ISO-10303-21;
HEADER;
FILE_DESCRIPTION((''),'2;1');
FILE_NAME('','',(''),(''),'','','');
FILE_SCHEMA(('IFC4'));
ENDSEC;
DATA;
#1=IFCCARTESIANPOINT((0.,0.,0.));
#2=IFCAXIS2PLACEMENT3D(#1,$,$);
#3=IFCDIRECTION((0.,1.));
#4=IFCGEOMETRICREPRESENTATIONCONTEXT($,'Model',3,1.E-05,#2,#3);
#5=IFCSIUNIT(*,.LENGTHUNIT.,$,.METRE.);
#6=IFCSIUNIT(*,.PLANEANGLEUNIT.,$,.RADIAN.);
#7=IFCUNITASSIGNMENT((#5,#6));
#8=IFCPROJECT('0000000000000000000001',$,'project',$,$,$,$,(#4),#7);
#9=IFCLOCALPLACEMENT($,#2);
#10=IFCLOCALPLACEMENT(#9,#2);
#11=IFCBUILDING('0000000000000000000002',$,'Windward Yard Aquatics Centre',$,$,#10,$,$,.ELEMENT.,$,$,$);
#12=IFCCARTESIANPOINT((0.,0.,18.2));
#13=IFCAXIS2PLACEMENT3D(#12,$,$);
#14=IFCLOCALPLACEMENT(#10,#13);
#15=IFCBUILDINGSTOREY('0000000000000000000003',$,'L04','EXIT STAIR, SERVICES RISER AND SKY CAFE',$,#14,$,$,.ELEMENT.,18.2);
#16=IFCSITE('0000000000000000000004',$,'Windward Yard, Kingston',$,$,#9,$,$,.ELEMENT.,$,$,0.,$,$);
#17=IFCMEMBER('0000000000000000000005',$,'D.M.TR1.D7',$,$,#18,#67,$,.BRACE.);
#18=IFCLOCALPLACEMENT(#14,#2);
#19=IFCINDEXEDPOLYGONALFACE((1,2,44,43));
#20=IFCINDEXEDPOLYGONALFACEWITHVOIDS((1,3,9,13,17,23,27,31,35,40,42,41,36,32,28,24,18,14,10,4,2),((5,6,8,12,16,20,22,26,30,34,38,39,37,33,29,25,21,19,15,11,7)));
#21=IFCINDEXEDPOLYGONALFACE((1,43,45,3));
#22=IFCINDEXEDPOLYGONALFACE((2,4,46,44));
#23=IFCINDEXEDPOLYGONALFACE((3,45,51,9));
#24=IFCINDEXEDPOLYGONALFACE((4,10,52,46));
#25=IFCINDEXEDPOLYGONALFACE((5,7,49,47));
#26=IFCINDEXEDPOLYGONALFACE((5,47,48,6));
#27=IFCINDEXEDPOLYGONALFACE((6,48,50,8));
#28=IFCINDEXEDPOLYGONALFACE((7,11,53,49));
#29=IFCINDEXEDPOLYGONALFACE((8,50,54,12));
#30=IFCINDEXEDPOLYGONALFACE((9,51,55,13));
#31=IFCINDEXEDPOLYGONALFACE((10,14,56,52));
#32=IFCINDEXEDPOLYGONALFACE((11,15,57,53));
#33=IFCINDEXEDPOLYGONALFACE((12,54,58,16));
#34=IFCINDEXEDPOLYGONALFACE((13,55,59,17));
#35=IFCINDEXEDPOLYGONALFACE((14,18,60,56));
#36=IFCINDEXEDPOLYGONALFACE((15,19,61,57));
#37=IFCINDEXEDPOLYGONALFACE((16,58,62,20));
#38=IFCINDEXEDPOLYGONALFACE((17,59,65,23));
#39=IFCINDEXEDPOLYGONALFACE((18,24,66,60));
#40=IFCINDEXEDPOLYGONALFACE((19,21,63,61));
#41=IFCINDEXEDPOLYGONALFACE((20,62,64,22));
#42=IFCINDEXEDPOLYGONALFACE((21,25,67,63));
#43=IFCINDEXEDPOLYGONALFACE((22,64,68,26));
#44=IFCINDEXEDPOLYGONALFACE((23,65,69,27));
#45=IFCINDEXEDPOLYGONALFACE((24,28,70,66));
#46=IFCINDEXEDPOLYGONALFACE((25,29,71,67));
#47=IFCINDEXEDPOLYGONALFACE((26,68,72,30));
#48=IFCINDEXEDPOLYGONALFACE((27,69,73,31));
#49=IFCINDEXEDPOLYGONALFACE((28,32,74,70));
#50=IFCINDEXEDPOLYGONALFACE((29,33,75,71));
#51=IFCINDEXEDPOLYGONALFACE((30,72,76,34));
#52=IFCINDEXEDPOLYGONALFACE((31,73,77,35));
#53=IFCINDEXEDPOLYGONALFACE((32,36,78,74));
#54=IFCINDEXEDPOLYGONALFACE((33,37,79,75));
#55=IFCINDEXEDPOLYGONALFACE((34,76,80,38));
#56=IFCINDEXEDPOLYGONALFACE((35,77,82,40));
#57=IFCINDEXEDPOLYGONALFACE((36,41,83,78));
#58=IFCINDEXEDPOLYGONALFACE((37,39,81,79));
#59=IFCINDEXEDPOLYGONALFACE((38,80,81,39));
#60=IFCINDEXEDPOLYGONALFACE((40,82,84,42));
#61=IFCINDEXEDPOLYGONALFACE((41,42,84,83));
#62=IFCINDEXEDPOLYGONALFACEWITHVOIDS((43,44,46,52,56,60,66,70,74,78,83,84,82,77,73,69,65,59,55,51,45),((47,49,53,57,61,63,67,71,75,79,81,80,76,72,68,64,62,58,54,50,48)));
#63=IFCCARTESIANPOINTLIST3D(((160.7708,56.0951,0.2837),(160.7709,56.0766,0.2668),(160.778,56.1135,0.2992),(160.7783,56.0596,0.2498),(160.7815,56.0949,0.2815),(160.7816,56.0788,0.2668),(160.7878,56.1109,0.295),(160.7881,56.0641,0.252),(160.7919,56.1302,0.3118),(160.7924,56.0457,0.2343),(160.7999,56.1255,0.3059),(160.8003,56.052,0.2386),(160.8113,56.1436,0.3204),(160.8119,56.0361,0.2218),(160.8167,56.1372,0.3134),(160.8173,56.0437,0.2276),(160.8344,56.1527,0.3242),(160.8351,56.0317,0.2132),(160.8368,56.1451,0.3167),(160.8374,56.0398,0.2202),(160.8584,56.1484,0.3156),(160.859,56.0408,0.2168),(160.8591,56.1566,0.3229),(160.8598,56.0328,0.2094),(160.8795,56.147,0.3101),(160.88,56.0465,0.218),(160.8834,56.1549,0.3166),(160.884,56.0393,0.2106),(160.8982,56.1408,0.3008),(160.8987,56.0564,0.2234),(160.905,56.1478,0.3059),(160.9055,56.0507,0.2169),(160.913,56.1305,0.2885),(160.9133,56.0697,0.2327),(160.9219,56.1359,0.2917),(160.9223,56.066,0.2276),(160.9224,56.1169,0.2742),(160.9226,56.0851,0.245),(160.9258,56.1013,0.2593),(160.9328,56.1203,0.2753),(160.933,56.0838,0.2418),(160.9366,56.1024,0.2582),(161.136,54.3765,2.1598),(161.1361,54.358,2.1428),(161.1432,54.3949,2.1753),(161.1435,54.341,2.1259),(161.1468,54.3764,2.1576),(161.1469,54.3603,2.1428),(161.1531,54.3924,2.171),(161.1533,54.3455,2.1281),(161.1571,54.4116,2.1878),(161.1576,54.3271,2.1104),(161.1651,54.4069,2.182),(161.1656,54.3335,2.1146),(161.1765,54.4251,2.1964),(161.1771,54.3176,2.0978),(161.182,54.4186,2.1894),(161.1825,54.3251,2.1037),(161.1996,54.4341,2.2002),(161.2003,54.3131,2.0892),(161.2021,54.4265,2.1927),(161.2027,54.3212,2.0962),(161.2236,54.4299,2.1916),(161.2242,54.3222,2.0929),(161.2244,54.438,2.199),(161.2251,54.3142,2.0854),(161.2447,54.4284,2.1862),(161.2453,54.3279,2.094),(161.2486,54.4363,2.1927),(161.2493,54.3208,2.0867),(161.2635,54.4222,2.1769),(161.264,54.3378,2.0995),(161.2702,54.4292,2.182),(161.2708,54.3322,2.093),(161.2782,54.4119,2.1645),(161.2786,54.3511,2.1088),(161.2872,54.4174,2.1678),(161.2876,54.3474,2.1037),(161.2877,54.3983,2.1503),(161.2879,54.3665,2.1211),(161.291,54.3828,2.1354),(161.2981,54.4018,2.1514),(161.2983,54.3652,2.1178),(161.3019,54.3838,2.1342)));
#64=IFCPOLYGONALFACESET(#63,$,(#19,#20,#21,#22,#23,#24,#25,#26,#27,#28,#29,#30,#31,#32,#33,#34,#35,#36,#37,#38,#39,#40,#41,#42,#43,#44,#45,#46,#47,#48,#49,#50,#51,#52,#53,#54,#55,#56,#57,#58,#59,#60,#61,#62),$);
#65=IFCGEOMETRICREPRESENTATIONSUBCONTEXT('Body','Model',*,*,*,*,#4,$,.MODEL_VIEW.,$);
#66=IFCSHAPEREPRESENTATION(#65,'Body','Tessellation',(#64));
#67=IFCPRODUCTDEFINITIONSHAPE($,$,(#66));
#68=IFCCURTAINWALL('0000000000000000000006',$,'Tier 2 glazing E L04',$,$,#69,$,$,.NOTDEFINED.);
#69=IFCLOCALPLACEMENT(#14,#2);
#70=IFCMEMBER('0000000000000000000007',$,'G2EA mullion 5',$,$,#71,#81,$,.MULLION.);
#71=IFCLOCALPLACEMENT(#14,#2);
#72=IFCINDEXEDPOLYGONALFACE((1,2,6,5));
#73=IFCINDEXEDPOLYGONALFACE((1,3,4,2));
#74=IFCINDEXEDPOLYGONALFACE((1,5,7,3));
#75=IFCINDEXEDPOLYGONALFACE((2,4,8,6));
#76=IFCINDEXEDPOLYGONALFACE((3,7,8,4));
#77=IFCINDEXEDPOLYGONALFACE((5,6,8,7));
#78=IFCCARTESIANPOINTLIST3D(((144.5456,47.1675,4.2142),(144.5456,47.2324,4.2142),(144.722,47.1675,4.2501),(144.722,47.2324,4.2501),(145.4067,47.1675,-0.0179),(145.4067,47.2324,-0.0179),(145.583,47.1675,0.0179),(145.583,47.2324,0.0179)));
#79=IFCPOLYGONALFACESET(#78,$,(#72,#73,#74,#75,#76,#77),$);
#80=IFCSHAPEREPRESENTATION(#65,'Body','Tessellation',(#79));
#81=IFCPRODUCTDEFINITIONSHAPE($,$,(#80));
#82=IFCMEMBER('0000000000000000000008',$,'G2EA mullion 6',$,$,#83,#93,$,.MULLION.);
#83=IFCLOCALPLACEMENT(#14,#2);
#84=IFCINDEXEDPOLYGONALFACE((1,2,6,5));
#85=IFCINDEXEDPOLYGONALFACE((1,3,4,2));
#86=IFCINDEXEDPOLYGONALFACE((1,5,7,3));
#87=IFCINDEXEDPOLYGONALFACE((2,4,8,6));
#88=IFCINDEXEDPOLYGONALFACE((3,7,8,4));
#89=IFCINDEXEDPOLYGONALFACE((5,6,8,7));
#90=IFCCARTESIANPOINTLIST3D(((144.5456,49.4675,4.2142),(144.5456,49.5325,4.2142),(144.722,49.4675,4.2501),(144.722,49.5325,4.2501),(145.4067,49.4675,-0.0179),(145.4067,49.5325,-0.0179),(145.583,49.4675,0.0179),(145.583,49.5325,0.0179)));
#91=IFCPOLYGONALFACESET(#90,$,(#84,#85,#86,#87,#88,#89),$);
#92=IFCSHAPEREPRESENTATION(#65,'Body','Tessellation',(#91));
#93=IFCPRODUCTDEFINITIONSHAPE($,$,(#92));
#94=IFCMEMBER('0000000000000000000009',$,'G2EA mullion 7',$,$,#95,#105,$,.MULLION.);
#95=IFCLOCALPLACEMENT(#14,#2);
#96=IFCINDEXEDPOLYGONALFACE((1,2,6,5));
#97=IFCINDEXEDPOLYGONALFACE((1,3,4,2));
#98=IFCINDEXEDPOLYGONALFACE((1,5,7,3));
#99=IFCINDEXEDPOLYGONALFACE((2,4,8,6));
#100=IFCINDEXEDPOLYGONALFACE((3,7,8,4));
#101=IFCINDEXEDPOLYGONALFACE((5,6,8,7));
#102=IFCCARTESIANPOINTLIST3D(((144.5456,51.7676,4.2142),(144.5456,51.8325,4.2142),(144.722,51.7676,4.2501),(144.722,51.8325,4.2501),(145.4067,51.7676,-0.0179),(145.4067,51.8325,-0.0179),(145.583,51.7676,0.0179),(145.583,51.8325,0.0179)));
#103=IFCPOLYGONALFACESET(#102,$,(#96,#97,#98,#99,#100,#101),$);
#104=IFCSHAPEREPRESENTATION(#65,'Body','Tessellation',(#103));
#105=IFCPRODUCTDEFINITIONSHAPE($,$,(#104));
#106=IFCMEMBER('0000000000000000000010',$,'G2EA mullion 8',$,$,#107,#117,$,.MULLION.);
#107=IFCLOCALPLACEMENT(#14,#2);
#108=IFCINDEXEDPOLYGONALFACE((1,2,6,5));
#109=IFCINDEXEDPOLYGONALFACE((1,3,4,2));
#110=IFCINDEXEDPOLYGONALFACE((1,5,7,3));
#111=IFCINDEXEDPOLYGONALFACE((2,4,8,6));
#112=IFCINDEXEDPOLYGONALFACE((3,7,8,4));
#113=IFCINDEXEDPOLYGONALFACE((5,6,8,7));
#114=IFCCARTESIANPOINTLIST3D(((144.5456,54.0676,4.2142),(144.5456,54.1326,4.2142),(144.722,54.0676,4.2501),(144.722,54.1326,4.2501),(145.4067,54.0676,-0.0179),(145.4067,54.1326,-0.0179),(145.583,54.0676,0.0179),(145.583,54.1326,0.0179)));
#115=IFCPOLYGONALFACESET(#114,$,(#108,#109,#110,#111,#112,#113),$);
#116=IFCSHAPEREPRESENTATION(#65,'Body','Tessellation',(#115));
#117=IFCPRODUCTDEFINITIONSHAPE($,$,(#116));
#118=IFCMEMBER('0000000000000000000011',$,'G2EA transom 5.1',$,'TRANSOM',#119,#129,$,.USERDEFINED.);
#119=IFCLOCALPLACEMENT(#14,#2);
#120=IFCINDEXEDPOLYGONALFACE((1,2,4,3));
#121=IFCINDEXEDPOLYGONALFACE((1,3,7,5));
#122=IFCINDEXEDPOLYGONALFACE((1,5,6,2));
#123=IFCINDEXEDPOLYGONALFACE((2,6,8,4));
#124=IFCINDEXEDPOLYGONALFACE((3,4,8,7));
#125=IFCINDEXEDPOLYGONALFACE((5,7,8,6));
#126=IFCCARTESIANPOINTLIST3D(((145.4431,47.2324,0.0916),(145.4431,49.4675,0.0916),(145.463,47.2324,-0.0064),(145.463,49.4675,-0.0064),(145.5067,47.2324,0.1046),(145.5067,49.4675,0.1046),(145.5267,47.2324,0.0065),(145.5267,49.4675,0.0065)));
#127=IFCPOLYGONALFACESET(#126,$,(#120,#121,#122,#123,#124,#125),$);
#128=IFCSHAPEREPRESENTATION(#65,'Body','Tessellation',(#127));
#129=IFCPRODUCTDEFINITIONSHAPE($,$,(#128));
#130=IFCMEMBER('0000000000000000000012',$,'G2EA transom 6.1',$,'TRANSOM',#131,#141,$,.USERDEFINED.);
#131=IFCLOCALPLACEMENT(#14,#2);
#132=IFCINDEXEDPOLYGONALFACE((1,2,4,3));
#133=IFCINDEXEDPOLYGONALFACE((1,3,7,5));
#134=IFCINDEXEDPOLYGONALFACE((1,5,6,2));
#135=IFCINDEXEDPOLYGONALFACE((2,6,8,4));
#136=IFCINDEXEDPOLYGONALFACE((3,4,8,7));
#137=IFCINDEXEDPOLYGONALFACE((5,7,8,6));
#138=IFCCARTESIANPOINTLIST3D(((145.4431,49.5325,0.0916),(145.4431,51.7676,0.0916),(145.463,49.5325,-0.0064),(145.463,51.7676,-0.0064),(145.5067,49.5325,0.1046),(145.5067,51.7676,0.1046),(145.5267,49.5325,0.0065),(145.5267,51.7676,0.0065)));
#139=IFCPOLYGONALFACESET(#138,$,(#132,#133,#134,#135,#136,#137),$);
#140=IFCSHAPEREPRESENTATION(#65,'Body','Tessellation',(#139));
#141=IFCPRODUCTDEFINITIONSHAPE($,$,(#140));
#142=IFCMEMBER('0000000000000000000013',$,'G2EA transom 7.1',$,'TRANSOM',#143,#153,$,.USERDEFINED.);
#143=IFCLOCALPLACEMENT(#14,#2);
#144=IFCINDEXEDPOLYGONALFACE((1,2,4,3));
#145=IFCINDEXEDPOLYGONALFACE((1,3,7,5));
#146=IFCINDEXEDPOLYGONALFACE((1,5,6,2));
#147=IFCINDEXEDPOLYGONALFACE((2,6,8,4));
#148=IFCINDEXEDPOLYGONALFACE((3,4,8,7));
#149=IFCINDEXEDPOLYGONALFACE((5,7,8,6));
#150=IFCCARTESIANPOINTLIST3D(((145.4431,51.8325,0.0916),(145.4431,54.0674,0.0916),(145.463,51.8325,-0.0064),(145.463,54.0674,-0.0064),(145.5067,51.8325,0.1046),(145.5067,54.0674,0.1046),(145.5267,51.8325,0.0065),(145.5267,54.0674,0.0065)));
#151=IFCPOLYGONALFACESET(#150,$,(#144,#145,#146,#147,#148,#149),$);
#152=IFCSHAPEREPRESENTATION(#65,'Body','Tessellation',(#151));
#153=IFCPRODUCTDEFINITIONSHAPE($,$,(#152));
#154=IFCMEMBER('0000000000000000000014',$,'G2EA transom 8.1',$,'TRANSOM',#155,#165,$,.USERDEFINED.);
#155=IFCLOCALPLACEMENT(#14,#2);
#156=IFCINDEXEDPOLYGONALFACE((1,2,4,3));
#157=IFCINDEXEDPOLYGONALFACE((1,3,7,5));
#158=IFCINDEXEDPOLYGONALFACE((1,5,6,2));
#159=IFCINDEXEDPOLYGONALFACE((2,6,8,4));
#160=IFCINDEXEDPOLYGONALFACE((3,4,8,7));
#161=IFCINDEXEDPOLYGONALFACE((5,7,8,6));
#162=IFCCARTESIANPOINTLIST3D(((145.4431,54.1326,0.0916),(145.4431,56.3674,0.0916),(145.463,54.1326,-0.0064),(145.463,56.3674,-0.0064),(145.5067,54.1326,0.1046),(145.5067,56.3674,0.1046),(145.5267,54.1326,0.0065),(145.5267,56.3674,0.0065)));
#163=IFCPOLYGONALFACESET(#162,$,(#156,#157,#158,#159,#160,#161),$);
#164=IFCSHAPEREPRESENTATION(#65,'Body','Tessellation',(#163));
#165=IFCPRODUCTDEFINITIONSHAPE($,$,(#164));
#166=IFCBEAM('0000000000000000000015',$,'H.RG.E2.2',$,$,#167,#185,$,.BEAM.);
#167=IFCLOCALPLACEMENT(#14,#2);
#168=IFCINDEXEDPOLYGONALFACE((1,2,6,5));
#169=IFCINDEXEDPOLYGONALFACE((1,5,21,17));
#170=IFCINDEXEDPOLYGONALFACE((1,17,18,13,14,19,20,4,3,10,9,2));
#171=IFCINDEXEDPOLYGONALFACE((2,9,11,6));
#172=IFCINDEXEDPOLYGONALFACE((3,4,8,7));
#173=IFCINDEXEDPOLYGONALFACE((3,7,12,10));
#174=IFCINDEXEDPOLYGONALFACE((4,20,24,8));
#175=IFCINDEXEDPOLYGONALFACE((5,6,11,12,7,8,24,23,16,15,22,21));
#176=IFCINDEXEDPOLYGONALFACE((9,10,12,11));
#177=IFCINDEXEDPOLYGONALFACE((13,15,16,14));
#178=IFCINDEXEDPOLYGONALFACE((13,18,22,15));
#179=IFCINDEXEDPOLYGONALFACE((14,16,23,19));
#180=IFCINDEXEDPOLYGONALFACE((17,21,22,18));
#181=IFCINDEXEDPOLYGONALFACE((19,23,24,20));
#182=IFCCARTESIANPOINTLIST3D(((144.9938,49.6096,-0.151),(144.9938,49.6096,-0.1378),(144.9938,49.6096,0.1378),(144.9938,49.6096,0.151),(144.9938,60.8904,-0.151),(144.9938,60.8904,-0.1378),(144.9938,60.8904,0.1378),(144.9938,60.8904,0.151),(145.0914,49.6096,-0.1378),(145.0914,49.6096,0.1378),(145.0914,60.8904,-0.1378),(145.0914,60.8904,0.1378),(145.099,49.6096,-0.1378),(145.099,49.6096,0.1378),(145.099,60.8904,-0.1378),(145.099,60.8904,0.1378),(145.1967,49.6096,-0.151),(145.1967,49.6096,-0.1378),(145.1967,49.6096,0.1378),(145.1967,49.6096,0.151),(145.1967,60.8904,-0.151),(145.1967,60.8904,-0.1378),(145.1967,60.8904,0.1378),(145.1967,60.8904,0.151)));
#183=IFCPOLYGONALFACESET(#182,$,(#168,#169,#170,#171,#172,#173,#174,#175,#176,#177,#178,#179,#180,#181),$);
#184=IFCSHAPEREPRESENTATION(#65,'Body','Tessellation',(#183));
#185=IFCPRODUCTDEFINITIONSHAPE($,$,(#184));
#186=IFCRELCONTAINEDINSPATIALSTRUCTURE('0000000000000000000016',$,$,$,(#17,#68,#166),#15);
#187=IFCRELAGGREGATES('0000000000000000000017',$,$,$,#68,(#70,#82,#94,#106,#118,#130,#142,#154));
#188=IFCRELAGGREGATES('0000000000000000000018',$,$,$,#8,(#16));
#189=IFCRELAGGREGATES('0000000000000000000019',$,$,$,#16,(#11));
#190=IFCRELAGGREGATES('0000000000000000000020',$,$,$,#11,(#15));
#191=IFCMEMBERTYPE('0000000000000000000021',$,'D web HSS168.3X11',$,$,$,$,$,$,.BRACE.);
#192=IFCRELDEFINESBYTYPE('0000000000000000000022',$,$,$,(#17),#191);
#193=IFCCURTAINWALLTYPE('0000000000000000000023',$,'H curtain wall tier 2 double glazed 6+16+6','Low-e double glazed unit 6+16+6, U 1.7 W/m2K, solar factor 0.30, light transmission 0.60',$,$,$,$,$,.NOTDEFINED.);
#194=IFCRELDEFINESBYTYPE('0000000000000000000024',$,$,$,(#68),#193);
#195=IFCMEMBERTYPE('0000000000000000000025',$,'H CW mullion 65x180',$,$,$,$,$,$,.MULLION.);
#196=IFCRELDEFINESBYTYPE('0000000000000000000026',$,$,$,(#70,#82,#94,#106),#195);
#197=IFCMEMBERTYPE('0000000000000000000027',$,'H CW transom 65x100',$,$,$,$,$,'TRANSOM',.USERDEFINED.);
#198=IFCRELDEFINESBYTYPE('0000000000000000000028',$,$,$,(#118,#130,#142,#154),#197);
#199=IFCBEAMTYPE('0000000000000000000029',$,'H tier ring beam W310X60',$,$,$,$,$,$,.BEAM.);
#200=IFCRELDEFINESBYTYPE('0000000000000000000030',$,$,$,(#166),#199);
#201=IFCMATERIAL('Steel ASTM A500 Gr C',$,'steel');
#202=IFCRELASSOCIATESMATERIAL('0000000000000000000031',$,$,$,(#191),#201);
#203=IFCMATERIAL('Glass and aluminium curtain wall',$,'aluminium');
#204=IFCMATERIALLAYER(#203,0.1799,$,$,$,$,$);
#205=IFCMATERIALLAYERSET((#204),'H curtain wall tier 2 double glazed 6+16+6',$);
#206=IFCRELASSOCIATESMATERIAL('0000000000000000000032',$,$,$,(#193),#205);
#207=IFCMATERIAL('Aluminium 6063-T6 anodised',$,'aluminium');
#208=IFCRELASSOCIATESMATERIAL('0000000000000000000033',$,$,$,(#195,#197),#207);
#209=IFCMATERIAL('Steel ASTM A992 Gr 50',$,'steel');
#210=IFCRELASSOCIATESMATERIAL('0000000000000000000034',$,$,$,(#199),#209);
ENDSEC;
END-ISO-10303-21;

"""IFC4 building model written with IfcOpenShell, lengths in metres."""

from ifc_helpers import new_model, si_unit, direction, frame, origin, origin_2d, place, context, subcontext, project, spatial, rectangle, hollow_circle, i_section, extrude, material, layer, layer_set, material_profile, profile_set, type_object, element, aggregate, save


model = new_model("IFC4")

# Units and contexts
model_context = context("Model", 3, precision=1e-05, world=origin(), true_north=direction((0.0, 1.0)))
body_context = subcontext(model_context, "Body", "Model", "MODEL_VIEW")
ifc_project = project(units=[si_unit("LENGTHUNIT", "METRE"), si_unit("PLANEANGLEUNIT", "RADIAN")], contexts=[model_context])

# Site, building, storey
site_placement = place(None, origin())
site = spatial("IfcSite", under=ifc_project, at=site_placement, Name="Windward Yard, Kingston", CompositionType="ELEMENT", RefElevation=0.0)
building_placement = place(site_placement, origin())
building = spatial("IfcBuilding", under=site, at=building_placement, Name="Windward Yard Aquatics Centre", CompositionType="ELEMENT")
storey_placement = place(building_placement, frame((0.0, 0.0, 18.2)))
storey = spatial("IfcBuildingStorey", under=building, at=storey_placement, Name="L04", Description="EXIT STAIR, SERVICES RISER AND SKY CAFE", CompositionType="ELEMENT", Elevation=18.2)

# Shared definitions
ifc_material_1 = material(Name="Steel ASTM A500 Gr C", Category="steel")

# Member
ifc_material_profile_1 = material_profile(ifc_material_1, hollow_circle(Radius=0.0842, WallThickness=0.011, at=origin_2d()), Name="HSS168.3X11")
ifc_profile_set_1 = profile_set([ifc_material_profile_1], Name="Steel ASTM A500 Gr C")
member_type_1 = type_object("IfcMemberType", Name="D web HSS168.3X11", PredefinedType="BRACE", material=ifc_profile_set_1)
member_1_placement = place(storey_placement, frame((161.2185, 54.3755, 2.1428), z_axis=(-0.142103, 0.668626, -0.729894), x_axis=(-0.978153, -0.207887, 0.0)))
element("IfcMember", 1, at=member_1_placement, inside=storey, type_object=member_type_1, Name="D.M.TR1.D7", PredefinedType="BRACE", context=body_context, shape_type="SweptSolid", body=[
    extrude(hollow_circle(Radius=0.0842, WallThickness=0.011, at=origin_2d()), origin(), (0.0, 0.0, 1.0), 2.5703),
])

# Curtain wall, members
ifc_material_2 = material(Name="Glass and aluminium curtain wall", Category="aluminium")
ifc_layer_1 = layer(ifc_material_2, 0.1799)
ifc_layer_set_1 = layer_set([ifc_layer_1], Name="H curtain wall tier 2 double glazed 6+16+6")
curtain_wall_type = type_object("IfcCurtainWallType", Name="H curtain wall tier 2 double glazed 6+16+6", Description="Low-e double glazed unit 6+16+6, U 1.7 W/m2K, solar factor 0.30, light transmission 0.60", PredefinedType="NOTDEFINED", material=ifc_layer_set_1)
curtain_wall_placement = place(storey_placement, origin())
curtain_wall = element("IfcCurtainWall", 2, at=curtain_wall_placement, inside=storey, type_object=curtain_wall_type, Name="Tier 2 glazing E L04", PredefinedType="NOTDEFINED")
ifc_material_3 = material(Name="Aluminium 6063-T6 anodised", Category="aluminium")
ifc_material_profile_2 = material_profile(ifc_material_3, rectangle(XDim=0.0649, YDim=0.1799, at=origin_2d()), Name="H CW mullion 65x180")
ifc_profile_set_2 = profile_set([ifc_material_profile_2], Name="Aluminium 6063-T6 anodised")
member_type_2 = type_object("IfcMemberType", Name="H CW mullion 65x180", PredefinedType="MULLION", material=ifc_profile_set_2)
member_2_placement = place(storey_placement, frame((145.4949, 47.2, 0.0), z_axis=(-0.199376, 0.0, 0.979923), x_axis=(0.0, -1.0, 0.0)))
member_2 = element("IfcMember", 3, at=member_2_placement, type_object=member_type_2, Name="G2EA mullion 5", PredefinedType="MULLION", context=body_context, shape_type="SweptSolid", body=[
    extrude(rectangle(XDim=0.0649, YDim=0.1799, at=origin_2d()), origin(), (0.0, 0.0, 1.0), 4.3188),
])
member_3_placement = place(storey_placement, frame((145.4949, 49.5, 0.0), z_axis=(-0.199376, 0.0, 0.979923), x_axis=(0.0, -1.0, 0.0)))
member_3 = element("IfcMember", 4, at=member_3_placement, type_object=member_type_2, Name="G2EA mullion 6", PredefinedType="MULLION", context=body_context, shape_type="SweptSolid", body=[
    extrude(rectangle(XDim=0.0649, YDim=0.1799, at=origin_2d()), origin(), (0.0, 0.0, 1.0), 4.3188),
])
member_4_placement = place(storey_placement, frame((145.4949, 51.8, 0.0), z_axis=(-0.199376, 0.0, 0.979923), x_axis=(0.0, -1.0, 0.0)))
member_4 = element("IfcMember", 5, at=member_4_placement, type_object=member_type_2, Name="G2EA mullion 7", PredefinedType="MULLION", context=body_context, shape_type="SweptSolid", body=[
    extrude(rectangle(XDim=0.0649, YDim=0.1799, at=origin_2d()), origin(), (0.0, 0.0, 1.0), 4.3188),
])
member_5_placement = place(storey_placement, frame((145.4949, 54.1001, 0.0), z_axis=(-0.199376, 0.0, 0.979923), x_axis=(0.0, -1.0, 0.0)))
member_5 = element("IfcMember", 6, at=member_5_placement, type_object=member_type_2, Name="G2EA mullion 8", PredefinedType="MULLION", context=body_context, shape_type="SweptSolid", body=[
    extrude(rectangle(XDim=0.0649, YDim=0.1799, at=origin_2d()), origin(), (0.0, 0.0, 1.0), 4.3188),
])
ifc_material_profile_3 = material_profile(ifc_material_3, rectangle(XDim=0.0649, YDim=0.1001, at=origin_2d()), Name="H CW transom 65x100")
ifc_profile_set_3 = profile_set([ifc_material_profile_3], Name="Aluminium 6063-T6 anodised")
member_type_3 = type_object("IfcMemberType", Name="H CW transom 65x100", ElementType="TRANSOM", PredefinedType="USERDEFINED", material=ifc_profile_set_3)
member_6_placement = place(storey_placement, frame((145.4849, 47.2324, 0.0491), z_axis=(0.0, 1.0, 0.0), x_axis=(0.979925, 0.0, 0.199368)))
member_6 = element("IfcMember", 7, at=member_6_placement, type_object=member_type_3, Name="G2EA transom 5.1", ObjectType="TRANSOM", PredefinedType="USERDEFINED", context=body_context, shape_type="SweptSolid", body=[
    extrude(rectangle(XDim=0.0649, YDim=0.1001, at=origin_2d()), origin(), (0.0, 0.0, 1.0), 2.2351),
])
member_7_placement = place(storey_placement, frame((145.4849, 49.5325, 0.0491), z_axis=(0.0, 1.0, 0.0), x_axis=(0.979925, 0.0, 0.199368)))
member_7 = element("IfcMember", 8, at=member_7_placement, type_object=member_type_3, Name="G2EA transom 6.1", ObjectType="TRANSOM", PredefinedType="USERDEFINED", context=body_context, shape_type="SweptSolid", body=[
    extrude(rectangle(XDim=0.0649, YDim=0.1001, at=origin_2d()), origin(), (0.0, 0.0, 1.0), 2.2351),
])
member_8_placement = place(storey_placement, frame((145.4849, 51.8325, 0.0491), z_axis=(0.0, 1.0, 0.0), x_axis=(0.979925, 0.0, 0.199368)))
member_8 = element("IfcMember", 9, at=member_8_placement, type_object=member_type_3, Name="G2EA transom 7.1", ObjectType="TRANSOM", PredefinedType="USERDEFINED", context=body_context, shape_type="SweptSolid", body=[
    extrude(rectangle(XDim=0.0649, YDim=0.1001, at=origin_2d()), origin(), (0.0, 0.0, 1.0), 2.2349),
])
member_9_placement = place(storey_placement, frame((145.4849, 54.1326, 0.0491), z_axis=(0.0, 1.0, 0.0), x_axis=(0.979925, 0.0, 0.199368)))
member_9 = element("IfcMember", 10, at=member_9_placement, type_object=member_type_3, Name="G2EA transom 8.1", ObjectType="TRANSOM", PredefinedType="USERDEFINED", context=body_context, shape_type="SweptSolid", body=[
    extrude(rectangle(XDim=0.0649, YDim=0.1001, at=origin_2d()), origin(), (0.0, 0.0, 1.0), 2.2349),
])

# Beam
ifc_material_4 = material(Name="Steel ASTM A992 Gr 50", Category="steel")
ifc_material_profile_4 = material_profile(ifc_material_4, i_section(OverallWidth=0.2029, OverallDepth=0.302, WebThickness=0.0076, FlangeThickness=0.0132, at=origin_2d()), Name="W310X60")
ifc_profile_set_4 = profile_set([ifc_material_profile_4], Name="Steel ASTM A992 Gr 50")
beam_type = type_object("IfcBeamType", Name="H tier ring beam W310X60", PredefinedType="BEAM", material=ifc_profile_set_4)
beam_placement = place(storey_placement, frame((145.0952, 49.6096, 0.0), z_axis=(0.0, 1.0, 0.0), x_axis=(-1.0, 0.0, 0.0)))
element("IfcBeam", 11, at=beam_placement, inside=storey, type_object=beam_type, Name="H.RG.E2.2", PredefinedType="BEAM", context=body_context, shape_type="SweptSolid", body=[
    extrude(i_section(OverallWidth=0.2029, OverallDepth=0.302, WebThickness=0.0076, FlangeThickness=0.0132, at=origin_2d()), origin(), (0.0, 0.0, 1.0), 11.2808),
])

aggregate(curtain_wall, [member_2, member_3, member_4, member_5, member_6, member_7, member_8, member_9])

save(model, "model.ifc")
